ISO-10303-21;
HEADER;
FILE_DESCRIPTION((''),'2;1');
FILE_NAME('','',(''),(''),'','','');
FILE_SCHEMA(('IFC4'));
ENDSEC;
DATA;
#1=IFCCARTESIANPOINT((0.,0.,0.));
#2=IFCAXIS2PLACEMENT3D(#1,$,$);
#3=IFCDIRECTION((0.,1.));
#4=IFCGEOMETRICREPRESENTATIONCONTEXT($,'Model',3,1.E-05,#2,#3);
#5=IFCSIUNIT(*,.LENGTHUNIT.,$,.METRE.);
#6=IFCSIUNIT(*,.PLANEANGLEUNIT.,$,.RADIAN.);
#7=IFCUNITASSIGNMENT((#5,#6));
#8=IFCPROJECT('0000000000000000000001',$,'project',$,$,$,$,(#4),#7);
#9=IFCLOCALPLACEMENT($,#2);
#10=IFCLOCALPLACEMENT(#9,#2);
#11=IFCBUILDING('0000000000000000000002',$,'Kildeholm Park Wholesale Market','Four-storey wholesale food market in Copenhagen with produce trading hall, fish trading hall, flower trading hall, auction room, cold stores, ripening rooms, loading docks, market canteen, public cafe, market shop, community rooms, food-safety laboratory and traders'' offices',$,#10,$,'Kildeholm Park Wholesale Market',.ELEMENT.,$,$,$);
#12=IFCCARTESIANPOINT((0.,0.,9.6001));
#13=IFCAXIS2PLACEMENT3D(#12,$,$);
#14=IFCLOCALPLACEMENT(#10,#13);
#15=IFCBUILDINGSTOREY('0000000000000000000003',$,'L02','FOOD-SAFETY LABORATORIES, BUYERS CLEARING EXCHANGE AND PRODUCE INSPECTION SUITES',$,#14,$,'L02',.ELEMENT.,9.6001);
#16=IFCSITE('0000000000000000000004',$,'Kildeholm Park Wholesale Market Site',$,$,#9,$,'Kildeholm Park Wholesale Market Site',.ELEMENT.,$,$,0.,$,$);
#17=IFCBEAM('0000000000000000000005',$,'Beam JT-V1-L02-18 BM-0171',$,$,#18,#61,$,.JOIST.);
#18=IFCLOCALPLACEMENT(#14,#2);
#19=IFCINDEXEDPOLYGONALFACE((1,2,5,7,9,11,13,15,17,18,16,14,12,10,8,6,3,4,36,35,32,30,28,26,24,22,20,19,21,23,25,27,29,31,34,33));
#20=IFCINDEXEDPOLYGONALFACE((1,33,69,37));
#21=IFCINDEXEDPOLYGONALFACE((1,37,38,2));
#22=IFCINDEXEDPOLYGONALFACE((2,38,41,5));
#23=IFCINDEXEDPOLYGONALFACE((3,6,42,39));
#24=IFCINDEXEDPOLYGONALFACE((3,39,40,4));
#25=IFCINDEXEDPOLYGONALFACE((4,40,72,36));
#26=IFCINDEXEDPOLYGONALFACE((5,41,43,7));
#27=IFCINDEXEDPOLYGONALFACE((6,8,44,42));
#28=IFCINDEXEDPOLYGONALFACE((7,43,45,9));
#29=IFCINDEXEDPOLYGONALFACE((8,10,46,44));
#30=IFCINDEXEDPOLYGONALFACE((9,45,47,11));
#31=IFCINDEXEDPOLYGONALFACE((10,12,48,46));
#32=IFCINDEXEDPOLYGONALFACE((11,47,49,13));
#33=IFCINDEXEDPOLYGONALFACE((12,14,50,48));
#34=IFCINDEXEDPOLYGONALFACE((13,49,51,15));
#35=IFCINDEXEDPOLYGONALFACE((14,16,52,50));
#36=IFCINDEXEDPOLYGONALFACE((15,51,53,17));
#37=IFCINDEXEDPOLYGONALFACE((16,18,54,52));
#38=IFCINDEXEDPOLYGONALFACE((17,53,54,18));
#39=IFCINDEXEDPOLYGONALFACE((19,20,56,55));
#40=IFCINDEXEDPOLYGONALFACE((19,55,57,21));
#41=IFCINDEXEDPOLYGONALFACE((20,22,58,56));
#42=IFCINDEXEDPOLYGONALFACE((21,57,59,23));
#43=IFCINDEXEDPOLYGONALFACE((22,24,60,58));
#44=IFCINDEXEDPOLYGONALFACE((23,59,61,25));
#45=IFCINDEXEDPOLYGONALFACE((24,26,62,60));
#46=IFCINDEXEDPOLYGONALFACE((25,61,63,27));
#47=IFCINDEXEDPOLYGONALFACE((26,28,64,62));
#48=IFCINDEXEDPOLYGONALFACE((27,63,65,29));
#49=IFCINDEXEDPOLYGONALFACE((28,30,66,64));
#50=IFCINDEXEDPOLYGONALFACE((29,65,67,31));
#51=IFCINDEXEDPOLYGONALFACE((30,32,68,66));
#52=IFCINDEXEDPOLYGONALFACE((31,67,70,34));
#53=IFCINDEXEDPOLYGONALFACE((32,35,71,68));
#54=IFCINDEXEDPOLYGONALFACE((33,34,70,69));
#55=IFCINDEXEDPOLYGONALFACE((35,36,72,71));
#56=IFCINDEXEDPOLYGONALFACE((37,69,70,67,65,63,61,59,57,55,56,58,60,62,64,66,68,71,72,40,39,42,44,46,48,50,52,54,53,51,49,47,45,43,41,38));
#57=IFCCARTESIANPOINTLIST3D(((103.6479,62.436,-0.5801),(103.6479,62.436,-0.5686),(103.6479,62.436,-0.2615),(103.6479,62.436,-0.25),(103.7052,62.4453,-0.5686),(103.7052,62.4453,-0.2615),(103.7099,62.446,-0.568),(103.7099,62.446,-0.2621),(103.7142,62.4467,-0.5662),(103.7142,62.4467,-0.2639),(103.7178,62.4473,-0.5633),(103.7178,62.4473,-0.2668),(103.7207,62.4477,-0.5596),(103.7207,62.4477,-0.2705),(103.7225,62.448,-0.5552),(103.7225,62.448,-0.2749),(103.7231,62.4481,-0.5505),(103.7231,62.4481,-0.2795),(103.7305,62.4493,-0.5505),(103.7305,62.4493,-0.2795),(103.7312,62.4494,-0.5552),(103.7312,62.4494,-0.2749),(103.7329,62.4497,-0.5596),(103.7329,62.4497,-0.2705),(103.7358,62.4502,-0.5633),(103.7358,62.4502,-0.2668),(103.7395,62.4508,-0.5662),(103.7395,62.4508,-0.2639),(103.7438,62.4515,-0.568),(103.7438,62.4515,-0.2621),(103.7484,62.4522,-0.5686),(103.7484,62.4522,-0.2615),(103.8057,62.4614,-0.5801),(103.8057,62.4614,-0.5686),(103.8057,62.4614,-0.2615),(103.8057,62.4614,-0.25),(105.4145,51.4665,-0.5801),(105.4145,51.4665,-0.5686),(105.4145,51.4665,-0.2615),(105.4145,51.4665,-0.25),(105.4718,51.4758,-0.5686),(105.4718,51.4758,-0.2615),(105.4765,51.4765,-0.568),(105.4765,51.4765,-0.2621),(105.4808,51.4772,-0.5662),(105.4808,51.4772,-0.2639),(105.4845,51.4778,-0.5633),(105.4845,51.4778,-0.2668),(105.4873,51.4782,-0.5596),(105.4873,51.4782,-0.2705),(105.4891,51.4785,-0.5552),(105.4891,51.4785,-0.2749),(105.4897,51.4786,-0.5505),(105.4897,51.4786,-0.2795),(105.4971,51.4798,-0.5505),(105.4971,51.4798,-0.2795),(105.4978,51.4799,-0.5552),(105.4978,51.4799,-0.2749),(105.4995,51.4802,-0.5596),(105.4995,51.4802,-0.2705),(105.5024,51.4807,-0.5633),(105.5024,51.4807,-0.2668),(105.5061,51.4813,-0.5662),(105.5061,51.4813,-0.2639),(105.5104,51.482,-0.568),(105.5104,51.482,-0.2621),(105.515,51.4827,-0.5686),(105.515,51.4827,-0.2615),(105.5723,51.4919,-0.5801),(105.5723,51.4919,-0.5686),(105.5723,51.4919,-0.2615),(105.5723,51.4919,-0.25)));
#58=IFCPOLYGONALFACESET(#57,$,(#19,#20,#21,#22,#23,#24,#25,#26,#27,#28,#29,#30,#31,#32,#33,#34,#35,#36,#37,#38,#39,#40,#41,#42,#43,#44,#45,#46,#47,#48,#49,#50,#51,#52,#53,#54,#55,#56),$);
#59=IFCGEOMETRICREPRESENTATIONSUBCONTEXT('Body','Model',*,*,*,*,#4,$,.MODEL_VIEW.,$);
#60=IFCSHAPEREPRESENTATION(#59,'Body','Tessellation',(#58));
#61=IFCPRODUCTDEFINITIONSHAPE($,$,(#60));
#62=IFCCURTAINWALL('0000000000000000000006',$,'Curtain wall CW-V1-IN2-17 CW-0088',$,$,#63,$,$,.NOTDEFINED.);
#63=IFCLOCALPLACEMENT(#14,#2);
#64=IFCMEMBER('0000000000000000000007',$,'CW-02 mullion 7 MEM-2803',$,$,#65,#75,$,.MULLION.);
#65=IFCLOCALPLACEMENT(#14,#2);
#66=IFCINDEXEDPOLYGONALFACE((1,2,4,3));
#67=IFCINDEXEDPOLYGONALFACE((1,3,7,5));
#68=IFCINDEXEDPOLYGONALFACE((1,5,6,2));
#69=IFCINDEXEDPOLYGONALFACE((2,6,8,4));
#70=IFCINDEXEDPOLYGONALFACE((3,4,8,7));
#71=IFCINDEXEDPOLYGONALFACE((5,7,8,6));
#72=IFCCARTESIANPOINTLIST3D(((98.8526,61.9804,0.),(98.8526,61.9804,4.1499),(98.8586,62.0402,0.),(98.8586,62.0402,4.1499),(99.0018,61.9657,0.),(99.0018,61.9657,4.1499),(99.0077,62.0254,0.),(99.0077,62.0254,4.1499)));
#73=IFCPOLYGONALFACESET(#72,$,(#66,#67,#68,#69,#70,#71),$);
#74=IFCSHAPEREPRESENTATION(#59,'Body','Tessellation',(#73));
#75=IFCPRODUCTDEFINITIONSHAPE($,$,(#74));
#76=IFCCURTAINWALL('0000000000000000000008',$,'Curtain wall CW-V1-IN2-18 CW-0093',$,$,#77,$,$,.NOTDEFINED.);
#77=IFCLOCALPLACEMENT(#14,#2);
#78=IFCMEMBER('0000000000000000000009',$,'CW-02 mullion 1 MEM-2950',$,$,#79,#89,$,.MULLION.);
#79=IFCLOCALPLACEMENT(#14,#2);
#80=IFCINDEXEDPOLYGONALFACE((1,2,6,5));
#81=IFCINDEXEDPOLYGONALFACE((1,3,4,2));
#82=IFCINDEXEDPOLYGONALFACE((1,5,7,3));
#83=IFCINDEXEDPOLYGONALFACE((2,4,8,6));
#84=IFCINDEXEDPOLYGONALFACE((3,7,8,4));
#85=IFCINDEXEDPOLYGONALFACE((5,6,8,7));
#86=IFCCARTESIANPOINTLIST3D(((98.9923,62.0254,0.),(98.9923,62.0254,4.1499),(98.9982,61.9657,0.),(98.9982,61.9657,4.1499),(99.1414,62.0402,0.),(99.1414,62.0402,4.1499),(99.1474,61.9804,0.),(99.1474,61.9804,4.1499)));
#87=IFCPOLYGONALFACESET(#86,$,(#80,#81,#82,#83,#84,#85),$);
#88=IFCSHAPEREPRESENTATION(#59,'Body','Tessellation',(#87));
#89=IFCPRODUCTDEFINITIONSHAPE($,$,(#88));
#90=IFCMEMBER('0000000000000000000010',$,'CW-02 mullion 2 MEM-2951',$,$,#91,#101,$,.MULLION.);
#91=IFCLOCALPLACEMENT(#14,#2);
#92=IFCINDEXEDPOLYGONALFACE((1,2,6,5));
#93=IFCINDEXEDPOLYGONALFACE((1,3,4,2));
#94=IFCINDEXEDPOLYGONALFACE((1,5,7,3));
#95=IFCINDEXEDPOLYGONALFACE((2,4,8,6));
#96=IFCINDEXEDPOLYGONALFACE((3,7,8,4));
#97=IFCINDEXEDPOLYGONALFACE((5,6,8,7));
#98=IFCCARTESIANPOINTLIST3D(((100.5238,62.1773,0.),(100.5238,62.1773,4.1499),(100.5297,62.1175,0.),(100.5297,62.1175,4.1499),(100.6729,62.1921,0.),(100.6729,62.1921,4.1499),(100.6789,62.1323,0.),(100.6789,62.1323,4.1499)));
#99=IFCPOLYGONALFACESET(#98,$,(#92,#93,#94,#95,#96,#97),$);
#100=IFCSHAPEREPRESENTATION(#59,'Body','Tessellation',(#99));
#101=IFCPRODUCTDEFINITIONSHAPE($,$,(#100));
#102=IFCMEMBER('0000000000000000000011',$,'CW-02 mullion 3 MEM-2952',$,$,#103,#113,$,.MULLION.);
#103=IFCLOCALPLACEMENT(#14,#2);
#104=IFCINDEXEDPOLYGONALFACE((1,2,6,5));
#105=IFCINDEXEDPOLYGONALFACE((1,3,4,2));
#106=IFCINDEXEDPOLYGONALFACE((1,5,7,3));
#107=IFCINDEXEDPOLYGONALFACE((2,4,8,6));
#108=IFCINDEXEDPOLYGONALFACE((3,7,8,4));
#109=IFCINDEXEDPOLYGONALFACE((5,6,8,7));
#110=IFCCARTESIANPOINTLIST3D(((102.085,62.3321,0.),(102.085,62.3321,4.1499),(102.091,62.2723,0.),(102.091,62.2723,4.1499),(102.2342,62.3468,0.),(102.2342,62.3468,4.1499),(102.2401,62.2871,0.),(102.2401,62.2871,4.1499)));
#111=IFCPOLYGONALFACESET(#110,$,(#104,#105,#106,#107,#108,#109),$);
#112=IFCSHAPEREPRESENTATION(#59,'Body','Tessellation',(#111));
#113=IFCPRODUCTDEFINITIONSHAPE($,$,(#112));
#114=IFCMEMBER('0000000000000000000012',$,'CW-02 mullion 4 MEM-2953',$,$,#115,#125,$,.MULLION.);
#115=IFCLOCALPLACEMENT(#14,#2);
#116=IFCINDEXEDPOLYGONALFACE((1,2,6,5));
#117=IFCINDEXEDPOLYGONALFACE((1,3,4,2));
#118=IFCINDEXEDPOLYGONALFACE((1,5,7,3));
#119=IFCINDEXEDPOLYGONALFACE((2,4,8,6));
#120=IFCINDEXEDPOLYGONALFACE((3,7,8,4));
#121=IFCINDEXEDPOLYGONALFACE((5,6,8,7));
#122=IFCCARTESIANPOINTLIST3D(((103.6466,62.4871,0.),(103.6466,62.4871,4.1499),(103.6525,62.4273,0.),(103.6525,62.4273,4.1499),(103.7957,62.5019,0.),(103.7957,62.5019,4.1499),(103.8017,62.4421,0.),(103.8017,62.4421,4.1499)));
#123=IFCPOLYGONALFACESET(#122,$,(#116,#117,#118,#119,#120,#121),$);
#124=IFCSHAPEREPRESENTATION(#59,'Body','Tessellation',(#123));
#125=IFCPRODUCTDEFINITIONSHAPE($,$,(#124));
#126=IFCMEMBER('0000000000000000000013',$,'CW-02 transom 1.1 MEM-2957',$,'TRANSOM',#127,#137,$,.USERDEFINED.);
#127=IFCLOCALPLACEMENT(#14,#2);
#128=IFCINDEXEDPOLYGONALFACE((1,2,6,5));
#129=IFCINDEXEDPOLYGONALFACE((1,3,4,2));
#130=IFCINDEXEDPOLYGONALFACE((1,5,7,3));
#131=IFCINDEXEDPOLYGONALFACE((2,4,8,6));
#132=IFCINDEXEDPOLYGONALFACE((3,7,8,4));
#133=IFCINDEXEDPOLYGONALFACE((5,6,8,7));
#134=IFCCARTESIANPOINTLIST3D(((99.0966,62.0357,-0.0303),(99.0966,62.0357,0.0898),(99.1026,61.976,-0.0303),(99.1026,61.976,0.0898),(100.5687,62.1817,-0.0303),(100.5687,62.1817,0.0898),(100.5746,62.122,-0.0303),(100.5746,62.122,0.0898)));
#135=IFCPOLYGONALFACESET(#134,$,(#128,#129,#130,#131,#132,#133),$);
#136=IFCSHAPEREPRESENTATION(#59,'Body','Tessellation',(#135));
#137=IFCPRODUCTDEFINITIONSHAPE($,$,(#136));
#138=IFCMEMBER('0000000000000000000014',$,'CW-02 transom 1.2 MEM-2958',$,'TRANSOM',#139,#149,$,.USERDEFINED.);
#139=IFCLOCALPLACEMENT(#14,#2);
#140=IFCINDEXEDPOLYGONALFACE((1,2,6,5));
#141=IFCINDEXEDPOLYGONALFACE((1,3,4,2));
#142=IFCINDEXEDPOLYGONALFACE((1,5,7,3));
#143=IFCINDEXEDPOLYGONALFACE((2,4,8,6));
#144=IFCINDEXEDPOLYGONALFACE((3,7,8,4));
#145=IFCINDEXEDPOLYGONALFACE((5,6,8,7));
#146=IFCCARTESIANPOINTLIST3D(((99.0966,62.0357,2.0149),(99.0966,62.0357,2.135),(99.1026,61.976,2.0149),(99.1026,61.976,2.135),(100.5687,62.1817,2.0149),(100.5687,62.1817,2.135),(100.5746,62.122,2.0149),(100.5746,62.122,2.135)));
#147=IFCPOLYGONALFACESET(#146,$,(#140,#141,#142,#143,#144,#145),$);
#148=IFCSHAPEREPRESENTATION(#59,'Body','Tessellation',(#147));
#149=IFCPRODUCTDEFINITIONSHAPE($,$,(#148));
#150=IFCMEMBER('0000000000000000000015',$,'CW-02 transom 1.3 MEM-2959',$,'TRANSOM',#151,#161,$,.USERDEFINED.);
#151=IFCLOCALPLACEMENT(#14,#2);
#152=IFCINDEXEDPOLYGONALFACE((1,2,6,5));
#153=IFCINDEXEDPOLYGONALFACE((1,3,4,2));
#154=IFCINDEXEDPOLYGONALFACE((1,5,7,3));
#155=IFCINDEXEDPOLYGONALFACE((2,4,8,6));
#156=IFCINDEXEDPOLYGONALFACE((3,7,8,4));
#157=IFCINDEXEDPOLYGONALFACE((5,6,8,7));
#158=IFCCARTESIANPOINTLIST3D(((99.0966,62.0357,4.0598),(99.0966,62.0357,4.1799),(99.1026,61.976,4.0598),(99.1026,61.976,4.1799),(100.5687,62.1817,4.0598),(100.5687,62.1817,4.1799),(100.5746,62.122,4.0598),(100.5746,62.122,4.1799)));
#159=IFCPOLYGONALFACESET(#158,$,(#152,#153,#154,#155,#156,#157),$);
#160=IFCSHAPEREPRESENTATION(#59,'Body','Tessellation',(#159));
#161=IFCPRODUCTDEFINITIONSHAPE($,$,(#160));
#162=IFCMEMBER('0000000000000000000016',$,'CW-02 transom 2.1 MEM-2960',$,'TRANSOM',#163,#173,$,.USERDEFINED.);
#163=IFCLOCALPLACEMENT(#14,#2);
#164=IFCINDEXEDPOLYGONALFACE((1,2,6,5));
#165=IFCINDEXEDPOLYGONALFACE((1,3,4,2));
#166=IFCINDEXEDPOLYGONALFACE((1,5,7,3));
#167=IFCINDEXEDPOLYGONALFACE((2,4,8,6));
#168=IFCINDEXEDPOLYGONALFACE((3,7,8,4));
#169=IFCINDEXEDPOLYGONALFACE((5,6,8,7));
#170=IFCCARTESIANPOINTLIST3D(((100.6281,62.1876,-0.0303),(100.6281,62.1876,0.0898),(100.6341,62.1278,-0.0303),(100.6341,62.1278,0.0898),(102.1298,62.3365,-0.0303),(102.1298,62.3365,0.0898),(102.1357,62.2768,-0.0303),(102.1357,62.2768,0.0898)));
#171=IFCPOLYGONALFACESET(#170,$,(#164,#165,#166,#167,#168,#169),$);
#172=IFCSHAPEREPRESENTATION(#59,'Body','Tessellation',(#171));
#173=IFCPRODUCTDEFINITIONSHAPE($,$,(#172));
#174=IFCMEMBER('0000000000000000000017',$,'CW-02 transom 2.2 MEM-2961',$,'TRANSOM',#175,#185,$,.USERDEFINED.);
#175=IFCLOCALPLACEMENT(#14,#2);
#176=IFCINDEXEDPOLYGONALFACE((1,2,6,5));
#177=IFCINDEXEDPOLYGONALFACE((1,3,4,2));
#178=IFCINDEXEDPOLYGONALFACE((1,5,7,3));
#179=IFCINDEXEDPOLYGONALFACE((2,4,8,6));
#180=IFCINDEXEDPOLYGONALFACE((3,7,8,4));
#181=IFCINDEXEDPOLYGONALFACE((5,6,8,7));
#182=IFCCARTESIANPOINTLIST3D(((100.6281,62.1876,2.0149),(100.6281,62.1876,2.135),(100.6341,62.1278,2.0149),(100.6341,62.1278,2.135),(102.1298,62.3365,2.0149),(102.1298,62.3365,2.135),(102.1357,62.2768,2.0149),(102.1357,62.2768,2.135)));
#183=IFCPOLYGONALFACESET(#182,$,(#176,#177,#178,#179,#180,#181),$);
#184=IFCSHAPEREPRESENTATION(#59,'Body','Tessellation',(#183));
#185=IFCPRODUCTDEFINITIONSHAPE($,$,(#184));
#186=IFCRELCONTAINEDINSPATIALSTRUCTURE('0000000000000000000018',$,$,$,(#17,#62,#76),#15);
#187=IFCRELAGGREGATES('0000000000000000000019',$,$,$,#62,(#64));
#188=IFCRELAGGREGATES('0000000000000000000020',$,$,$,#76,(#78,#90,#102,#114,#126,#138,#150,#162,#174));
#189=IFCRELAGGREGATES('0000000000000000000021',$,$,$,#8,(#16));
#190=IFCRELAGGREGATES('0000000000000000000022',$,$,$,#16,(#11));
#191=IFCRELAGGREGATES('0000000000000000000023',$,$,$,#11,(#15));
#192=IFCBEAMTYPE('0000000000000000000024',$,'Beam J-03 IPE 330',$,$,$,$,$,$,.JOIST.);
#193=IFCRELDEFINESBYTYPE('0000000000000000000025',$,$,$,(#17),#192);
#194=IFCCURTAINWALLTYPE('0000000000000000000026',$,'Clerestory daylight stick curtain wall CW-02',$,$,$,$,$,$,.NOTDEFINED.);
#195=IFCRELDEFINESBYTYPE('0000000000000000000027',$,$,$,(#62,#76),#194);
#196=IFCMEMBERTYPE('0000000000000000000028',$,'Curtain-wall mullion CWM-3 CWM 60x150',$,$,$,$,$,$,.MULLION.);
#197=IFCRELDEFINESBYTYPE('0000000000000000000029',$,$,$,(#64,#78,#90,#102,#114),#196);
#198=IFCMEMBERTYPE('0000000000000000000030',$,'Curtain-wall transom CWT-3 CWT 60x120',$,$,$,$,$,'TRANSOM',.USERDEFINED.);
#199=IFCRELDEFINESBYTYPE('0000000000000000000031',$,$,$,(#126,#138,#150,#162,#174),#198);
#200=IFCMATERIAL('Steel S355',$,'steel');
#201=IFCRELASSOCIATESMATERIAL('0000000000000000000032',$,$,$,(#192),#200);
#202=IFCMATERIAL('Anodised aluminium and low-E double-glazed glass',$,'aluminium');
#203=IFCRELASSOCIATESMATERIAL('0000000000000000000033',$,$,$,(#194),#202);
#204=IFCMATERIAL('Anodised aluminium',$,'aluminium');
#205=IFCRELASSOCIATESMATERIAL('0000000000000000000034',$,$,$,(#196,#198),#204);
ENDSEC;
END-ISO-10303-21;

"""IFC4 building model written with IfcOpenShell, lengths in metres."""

from ifc_helpers import new_model, si_unit, direction, frame, origin, origin_2d, place, context, subcontext, project, spatial, rectangle, i_section, extrude, material, material_profile, profile_set, type_object, element, aggregate, save


model = new_model("IFC4")

# Units and contexts
model_context = context("Model", 3, precision=1e-05, world=origin(), true_north=direction((0.0, 1.0)))
body_context = subcontext(model_context, "Body", "Model", "MODEL_VIEW")
ifc_project = project(units=[si_unit("LENGTHUNIT", "METRE"), si_unit("PLANEANGLEUNIT", "RADIAN")], contexts=[model_context])

# Site, building, storey
site_placement = place(None, origin())
site = spatial("IfcSite", under=ifc_project, at=site_placement, Name="Kildeholm Park Wholesale Market Site", LongName="Kildeholm Park Wholesale Market Site", CompositionType="ELEMENT", RefElevation=0.0)
building_placement = place(site_placement, origin())
building = spatial("IfcBuilding", under=site, at=building_placement, Name="Kildeholm Park Wholesale Market", Description="Four-storey wholesale food market in Copenhagen with produce trading hall, fish trading hall, flower trading hall, auction room, cold stores, ripening rooms, loading docks, market canteen, public cafe, market shop, community rooms, food-safety laboratory and traders' offices", LongName="Kildeholm Park Wholesale Market", CompositionType="ELEMENT")
storey_placement = place(building_placement, frame((0.0, 0.0, 9.6001)))
storey = spatial("IfcBuildingStorey", under=building, at=storey_placement, Name="L02", Description="FOOD-SAFETY LABORATORIES, BUYERS CLEARING EXCHANGE AND PRODUCE INSPECTION SUITES", LongName="L02", CompositionType="ELEMENT", Elevation=9.6001)

# Shared definitions
ifc_material_1 = material(Name="Steel S355", Category="steel")

# Beam
ifc_material_profile_1 = material_profile(ifc_material_1, i_section(OverallWidth=0.1599, OverallDepth=0.3301, WebThickness=0.0076, FlangeThickness=0.0115, FilletRadius=0.0181, at=origin_2d()), Name="IPE 330")
ifc_profile_set_1 = profile_set([ifc_material_profile_1], Name="Steel S355")
beam_type_1 = type_object("IfcBeamType", Name="Beam J-03 IPE 330", PredefinedType="JOIST", material=ifc_profile_set_1)
beam_1_placement = place(storey_placement, frame((103.7268, 62.4487, -0.415), z_axis=(0.158998, -0.987279, 0.0), x_axis=(0.987279, 0.158998, 0.0)))
element("IfcBeam", 1, at=beam_1_placement, inside=storey, type_object=beam_type_1, Name="Beam JT-V1-L02-18 BM-0171", PredefinedType="JOIST", context=body_context, shape_type="SweptSolid", body=[
    extrude(i_section(OverallWidth=0.1599, OverallDepth=0.3301, WebThickness=0.0076, FlangeThickness=0.0115, FilletRadius=0.0181, at=origin_2d()), origin(), (0.0, 0.0, 1.0), 11.1108),
])

# Curtain wall, member
ifc_material_2 = material(Name="Anodised aluminium and low-E double-glazed glass", Category="aluminium")
curtain_wall_type = type_object("IfcCurtainWallType", Name="Clerestory daylight stick curtain wall CW-02", PredefinedType="NOTDEFINED", material=ifc_material_2)
curtain_wall_1_placement = place(storey_placement, origin())
curtain_wall_1 = element("IfcCurtainWall", 2, at=curtain_wall_1_placement, inside=storey, type_object=curtain_wall_type, Name="Curtain wall CW-V1-IN2-17 CW-0088", PredefinedType="NOTDEFINED")
ifc_material_3 = material(Name="Anodised aluminium", Category="aluminium")
ifc_material_profile_2 = material_profile(ifc_material_3, rectangle(XDim=0.0601, YDim=0.1499, at=origin_2d()), Name="CWM 60x150")
ifc_profile_set_2 = profile_set([ifc_material_profile_2], Name="Anodised aluminium")
member_type_1 = type_object("IfcMemberType", Name="Curtain-wall mullion CWM-3 CWM 60x150", PredefinedType="MULLION", material=ifc_profile_set_2)
member_1_placement = place(storey_placement, frame((98.9302, 62.0029, 0.0), z_axis=(0.0, 0.0, 1.0), x_axis=(0.098683, 0.995119, 0.0)))
member_1 = element("IfcMember", 3, at=member_1_placement, type_object=member_type_1, Name="CW-02 mullion 7 MEM-2803", PredefinedType="MULLION", context=body_context, shape_type="SweptSolid", body=[
    extrude(rectangle(XDim=0.0601, YDim=0.1499, at=origin_2d()), origin(), (0.0, 0.0, 1.0), 4.1499),
])
aggregate(curtain_wall_1, [member_1])

# Curtain wall, members
curtain_wall_2_placement = place(storey_placement, origin())
curtain_wall_2 = element("IfcCurtainWall", 4, at=curtain_wall_2_placement, inside=storey, type_object=curtain_wall_type, Name="Curtain wall CW-V1-IN2-18 CW-0093", PredefinedType="NOTDEFINED")
member_2_placement = place(storey_placement, frame((99.0698, 62.0029, 0.0), z_axis=(0.0, 0.0, 1.0), x_axis=(-0.098683, 0.995119, 0.0)))
member_2 = element("IfcMember", 5, at=member_2_placement, type_object=member_type_1, Name="CW-02 mullion 1 MEM-2950", PredefinedType="MULLION", context=body_context, shape_type="SweptSolid", body=[
    extrude(rectangle(XDim=0.0601, YDim=0.1499, at=origin_2d()), origin(), (0.0, 0.0, 1.0), 4.1499),
])
member_3_placement = place(storey_placement, frame((100.6013, 62.1548, 0.0), z_axis=(0.0, 0.0, 1.0), x_axis=(-0.098683, 0.995119, 0.0)))
member_3 = element("IfcMember", 6, at=member_3_placement, type_object=member_type_1, Name="CW-02 mullion 2 MEM-2951", PredefinedType="MULLION", context=body_context, shape_type="SweptSolid", body=[
    extrude(rectangle(XDim=0.0601, YDim=0.1499, at=origin_2d()), origin(), (0.0, 0.0, 1.0), 4.1499),
])
member_4_placement = place(storey_placement, frame((102.1626, 62.3096, 0.0), z_axis=(0.0, 0.0, 1.0), x_axis=(-0.098683, 0.995119, 0.0)))
member_4 = element("IfcMember", 7, at=member_4_placement, type_object=member_type_1, Name="CW-02 mullion 3 MEM-2952", PredefinedType="MULLION", context=body_context, shape_type="SweptSolid", body=[
    extrude(rectangle(XDim=0.0601, YDim=0.1499, at=origin_2d()), origin(), (0.0, 0.0, 1.0), 4.1499),
])
member_5_placement = place(storey_placement, frame((103.7241, 62.4646, 0.0), z_axis=(0.0, 0.0, 1.0), x_axis=(-0.098683, 0.995119, 0.0)))
member_5 = element("IfcMember", 8, at=member_5_placement, type_object=member_type_1, Name="CW-02 mullion 4 MEM-2953", PredefinedType="MULLION", context=body_context, shape_type="SweptSolid", body=[
    extrude(rectangle(XDim=0.0601, YDim=0.1499, at=origin_2d()), origin(), (0.0, 0.0, 1.0), 4.1499),
])
ifc_material_profile_3 = material_profile(ifc_material_3, rectangle(XDim=0.0601, YDim=0.1201, at=origin_2d()), Name="CWT 60x120")
ifc_profile_set_3 = profile_set([ifc_material_profile_3], Name="Anodised aluminium")
member_type_2 = type_object("IfcMemberType", Name="Curtain-wall transom CWT-3 CWT 60x120", ElementType="TRANSOM", PredefinedType="USERDEFINED", material=ifc_profile_set_3)
member_6_placement = place(storey_placement, frame((99.0996, 62.0059, 0.0298), z_axis=(0.995117, 0.098703, 0.0), x_axis=(-0.098703, 0.995117, 0.0)))
member_6 = element("IfcMember", 9, at=member_6_placement, type_object=member_type_2, Name="CW-02 transom 1.1 MEM-2957", ObjectType="TRANSOM", PredefinedType="USERDEFINED", context=body_context, shape_type="SweptSolid", body=[
    extrude(rectangle(XDim=0.0601, YDim=0.1201, at=origin_2d()), origin(), (0.0, 0.0, 1.0), 1.4792),
])
member_7_placement = place(storey_placement, frame((99.0996, 62.0059, 2.075), z_axis=(0.995117, 0.098703, 0.0), x_axis=(-0.098703, 0.995117, 0.0)))
member_7 = element("IfcMember", 10, at=member_7_placement, type_object=member_type_2, Name="CW-02 transom 1.2 MEM-2958", ObjectType="TRANSOM", PredefinedType="USERDEFINED", context=body_context, shape_type="SweptSolid", body=[
    extrude(rectangle(XDim=0.0601, YDim=0.1201, at=origin_2d()), origin(), (0.0, 0.0, 1.0), 1.4792),
])
member_8_placement = place(storey_placement, frame((99.0996, 62.0059, 4.1199), z_axis=(0.995117, 0.098703, 0.0), x_axis=(-0.098703, 0.995117, 0.0)))
member_8 = element("IfcMember", 11, at=member_8_placement, type_object=member_type_2, Name="CW-02 transom 1.3 MEM-2959", ObjectType="TRANSOM", PredefinedType="USERDEFINED", context=body_context, shape_type="SweptSolid", body=[
    extrude(rectangle(XDim=0.0601, YDim=0.1201, at=origin_2d()), origin(), (0.0, 0.0, 1.0), 1.4792),
])
member_9_placement = place(storey_placement, frame((100.6311, 62.1577, 0.0298), z_axis=(0.995119, 0.098687, 0.0), x_axis=(-0.098687, 0.995119, 0.0)))
member_9 = element("IfcMember", 12, at=member_9_placement, type_object=member_type_2, Name="CW-02 transom 2.1 MEM-2960", ObjectType="TRANSOM", PredefinedType="USERDEFINED", context=body_context, shape_type="SweptSolid", body=[
    extrude(rectangle(XDim=0.0601, YDim=0.1201, at=origin_2d()), origin(), (0.0, 0.0, 1.0), 1.509),
])
member_10_placement = place(storey_placement, frame((100.6311, 62.1577, 2.075), z_axis=(0.995119, 0.098687, 0.0), x_axis=(-0.098687, 0.995119, 0.0)))
member_10 = element("IfcMember", 13, at=member_10_placement, type_object=member_type_2, Name="CW-02 transom 2.2 MEM-2961", ObjectType="TRANSOM", PredefinedType="USERDEFINED", context=body_context, shape_type="SweptSolid", body=[
    extrude(rectangle(XDim=0.0601, YDim=0.1201, at=origin_2d()), origin(), (0.0, 0.0, 1.0), 1.509),
])
aggregate(curtain_wall_2, [member_2, member_3, member_4, member_5, member_6, member_7, member_8, member_9, member_10])

save(model, "model.ifc")
